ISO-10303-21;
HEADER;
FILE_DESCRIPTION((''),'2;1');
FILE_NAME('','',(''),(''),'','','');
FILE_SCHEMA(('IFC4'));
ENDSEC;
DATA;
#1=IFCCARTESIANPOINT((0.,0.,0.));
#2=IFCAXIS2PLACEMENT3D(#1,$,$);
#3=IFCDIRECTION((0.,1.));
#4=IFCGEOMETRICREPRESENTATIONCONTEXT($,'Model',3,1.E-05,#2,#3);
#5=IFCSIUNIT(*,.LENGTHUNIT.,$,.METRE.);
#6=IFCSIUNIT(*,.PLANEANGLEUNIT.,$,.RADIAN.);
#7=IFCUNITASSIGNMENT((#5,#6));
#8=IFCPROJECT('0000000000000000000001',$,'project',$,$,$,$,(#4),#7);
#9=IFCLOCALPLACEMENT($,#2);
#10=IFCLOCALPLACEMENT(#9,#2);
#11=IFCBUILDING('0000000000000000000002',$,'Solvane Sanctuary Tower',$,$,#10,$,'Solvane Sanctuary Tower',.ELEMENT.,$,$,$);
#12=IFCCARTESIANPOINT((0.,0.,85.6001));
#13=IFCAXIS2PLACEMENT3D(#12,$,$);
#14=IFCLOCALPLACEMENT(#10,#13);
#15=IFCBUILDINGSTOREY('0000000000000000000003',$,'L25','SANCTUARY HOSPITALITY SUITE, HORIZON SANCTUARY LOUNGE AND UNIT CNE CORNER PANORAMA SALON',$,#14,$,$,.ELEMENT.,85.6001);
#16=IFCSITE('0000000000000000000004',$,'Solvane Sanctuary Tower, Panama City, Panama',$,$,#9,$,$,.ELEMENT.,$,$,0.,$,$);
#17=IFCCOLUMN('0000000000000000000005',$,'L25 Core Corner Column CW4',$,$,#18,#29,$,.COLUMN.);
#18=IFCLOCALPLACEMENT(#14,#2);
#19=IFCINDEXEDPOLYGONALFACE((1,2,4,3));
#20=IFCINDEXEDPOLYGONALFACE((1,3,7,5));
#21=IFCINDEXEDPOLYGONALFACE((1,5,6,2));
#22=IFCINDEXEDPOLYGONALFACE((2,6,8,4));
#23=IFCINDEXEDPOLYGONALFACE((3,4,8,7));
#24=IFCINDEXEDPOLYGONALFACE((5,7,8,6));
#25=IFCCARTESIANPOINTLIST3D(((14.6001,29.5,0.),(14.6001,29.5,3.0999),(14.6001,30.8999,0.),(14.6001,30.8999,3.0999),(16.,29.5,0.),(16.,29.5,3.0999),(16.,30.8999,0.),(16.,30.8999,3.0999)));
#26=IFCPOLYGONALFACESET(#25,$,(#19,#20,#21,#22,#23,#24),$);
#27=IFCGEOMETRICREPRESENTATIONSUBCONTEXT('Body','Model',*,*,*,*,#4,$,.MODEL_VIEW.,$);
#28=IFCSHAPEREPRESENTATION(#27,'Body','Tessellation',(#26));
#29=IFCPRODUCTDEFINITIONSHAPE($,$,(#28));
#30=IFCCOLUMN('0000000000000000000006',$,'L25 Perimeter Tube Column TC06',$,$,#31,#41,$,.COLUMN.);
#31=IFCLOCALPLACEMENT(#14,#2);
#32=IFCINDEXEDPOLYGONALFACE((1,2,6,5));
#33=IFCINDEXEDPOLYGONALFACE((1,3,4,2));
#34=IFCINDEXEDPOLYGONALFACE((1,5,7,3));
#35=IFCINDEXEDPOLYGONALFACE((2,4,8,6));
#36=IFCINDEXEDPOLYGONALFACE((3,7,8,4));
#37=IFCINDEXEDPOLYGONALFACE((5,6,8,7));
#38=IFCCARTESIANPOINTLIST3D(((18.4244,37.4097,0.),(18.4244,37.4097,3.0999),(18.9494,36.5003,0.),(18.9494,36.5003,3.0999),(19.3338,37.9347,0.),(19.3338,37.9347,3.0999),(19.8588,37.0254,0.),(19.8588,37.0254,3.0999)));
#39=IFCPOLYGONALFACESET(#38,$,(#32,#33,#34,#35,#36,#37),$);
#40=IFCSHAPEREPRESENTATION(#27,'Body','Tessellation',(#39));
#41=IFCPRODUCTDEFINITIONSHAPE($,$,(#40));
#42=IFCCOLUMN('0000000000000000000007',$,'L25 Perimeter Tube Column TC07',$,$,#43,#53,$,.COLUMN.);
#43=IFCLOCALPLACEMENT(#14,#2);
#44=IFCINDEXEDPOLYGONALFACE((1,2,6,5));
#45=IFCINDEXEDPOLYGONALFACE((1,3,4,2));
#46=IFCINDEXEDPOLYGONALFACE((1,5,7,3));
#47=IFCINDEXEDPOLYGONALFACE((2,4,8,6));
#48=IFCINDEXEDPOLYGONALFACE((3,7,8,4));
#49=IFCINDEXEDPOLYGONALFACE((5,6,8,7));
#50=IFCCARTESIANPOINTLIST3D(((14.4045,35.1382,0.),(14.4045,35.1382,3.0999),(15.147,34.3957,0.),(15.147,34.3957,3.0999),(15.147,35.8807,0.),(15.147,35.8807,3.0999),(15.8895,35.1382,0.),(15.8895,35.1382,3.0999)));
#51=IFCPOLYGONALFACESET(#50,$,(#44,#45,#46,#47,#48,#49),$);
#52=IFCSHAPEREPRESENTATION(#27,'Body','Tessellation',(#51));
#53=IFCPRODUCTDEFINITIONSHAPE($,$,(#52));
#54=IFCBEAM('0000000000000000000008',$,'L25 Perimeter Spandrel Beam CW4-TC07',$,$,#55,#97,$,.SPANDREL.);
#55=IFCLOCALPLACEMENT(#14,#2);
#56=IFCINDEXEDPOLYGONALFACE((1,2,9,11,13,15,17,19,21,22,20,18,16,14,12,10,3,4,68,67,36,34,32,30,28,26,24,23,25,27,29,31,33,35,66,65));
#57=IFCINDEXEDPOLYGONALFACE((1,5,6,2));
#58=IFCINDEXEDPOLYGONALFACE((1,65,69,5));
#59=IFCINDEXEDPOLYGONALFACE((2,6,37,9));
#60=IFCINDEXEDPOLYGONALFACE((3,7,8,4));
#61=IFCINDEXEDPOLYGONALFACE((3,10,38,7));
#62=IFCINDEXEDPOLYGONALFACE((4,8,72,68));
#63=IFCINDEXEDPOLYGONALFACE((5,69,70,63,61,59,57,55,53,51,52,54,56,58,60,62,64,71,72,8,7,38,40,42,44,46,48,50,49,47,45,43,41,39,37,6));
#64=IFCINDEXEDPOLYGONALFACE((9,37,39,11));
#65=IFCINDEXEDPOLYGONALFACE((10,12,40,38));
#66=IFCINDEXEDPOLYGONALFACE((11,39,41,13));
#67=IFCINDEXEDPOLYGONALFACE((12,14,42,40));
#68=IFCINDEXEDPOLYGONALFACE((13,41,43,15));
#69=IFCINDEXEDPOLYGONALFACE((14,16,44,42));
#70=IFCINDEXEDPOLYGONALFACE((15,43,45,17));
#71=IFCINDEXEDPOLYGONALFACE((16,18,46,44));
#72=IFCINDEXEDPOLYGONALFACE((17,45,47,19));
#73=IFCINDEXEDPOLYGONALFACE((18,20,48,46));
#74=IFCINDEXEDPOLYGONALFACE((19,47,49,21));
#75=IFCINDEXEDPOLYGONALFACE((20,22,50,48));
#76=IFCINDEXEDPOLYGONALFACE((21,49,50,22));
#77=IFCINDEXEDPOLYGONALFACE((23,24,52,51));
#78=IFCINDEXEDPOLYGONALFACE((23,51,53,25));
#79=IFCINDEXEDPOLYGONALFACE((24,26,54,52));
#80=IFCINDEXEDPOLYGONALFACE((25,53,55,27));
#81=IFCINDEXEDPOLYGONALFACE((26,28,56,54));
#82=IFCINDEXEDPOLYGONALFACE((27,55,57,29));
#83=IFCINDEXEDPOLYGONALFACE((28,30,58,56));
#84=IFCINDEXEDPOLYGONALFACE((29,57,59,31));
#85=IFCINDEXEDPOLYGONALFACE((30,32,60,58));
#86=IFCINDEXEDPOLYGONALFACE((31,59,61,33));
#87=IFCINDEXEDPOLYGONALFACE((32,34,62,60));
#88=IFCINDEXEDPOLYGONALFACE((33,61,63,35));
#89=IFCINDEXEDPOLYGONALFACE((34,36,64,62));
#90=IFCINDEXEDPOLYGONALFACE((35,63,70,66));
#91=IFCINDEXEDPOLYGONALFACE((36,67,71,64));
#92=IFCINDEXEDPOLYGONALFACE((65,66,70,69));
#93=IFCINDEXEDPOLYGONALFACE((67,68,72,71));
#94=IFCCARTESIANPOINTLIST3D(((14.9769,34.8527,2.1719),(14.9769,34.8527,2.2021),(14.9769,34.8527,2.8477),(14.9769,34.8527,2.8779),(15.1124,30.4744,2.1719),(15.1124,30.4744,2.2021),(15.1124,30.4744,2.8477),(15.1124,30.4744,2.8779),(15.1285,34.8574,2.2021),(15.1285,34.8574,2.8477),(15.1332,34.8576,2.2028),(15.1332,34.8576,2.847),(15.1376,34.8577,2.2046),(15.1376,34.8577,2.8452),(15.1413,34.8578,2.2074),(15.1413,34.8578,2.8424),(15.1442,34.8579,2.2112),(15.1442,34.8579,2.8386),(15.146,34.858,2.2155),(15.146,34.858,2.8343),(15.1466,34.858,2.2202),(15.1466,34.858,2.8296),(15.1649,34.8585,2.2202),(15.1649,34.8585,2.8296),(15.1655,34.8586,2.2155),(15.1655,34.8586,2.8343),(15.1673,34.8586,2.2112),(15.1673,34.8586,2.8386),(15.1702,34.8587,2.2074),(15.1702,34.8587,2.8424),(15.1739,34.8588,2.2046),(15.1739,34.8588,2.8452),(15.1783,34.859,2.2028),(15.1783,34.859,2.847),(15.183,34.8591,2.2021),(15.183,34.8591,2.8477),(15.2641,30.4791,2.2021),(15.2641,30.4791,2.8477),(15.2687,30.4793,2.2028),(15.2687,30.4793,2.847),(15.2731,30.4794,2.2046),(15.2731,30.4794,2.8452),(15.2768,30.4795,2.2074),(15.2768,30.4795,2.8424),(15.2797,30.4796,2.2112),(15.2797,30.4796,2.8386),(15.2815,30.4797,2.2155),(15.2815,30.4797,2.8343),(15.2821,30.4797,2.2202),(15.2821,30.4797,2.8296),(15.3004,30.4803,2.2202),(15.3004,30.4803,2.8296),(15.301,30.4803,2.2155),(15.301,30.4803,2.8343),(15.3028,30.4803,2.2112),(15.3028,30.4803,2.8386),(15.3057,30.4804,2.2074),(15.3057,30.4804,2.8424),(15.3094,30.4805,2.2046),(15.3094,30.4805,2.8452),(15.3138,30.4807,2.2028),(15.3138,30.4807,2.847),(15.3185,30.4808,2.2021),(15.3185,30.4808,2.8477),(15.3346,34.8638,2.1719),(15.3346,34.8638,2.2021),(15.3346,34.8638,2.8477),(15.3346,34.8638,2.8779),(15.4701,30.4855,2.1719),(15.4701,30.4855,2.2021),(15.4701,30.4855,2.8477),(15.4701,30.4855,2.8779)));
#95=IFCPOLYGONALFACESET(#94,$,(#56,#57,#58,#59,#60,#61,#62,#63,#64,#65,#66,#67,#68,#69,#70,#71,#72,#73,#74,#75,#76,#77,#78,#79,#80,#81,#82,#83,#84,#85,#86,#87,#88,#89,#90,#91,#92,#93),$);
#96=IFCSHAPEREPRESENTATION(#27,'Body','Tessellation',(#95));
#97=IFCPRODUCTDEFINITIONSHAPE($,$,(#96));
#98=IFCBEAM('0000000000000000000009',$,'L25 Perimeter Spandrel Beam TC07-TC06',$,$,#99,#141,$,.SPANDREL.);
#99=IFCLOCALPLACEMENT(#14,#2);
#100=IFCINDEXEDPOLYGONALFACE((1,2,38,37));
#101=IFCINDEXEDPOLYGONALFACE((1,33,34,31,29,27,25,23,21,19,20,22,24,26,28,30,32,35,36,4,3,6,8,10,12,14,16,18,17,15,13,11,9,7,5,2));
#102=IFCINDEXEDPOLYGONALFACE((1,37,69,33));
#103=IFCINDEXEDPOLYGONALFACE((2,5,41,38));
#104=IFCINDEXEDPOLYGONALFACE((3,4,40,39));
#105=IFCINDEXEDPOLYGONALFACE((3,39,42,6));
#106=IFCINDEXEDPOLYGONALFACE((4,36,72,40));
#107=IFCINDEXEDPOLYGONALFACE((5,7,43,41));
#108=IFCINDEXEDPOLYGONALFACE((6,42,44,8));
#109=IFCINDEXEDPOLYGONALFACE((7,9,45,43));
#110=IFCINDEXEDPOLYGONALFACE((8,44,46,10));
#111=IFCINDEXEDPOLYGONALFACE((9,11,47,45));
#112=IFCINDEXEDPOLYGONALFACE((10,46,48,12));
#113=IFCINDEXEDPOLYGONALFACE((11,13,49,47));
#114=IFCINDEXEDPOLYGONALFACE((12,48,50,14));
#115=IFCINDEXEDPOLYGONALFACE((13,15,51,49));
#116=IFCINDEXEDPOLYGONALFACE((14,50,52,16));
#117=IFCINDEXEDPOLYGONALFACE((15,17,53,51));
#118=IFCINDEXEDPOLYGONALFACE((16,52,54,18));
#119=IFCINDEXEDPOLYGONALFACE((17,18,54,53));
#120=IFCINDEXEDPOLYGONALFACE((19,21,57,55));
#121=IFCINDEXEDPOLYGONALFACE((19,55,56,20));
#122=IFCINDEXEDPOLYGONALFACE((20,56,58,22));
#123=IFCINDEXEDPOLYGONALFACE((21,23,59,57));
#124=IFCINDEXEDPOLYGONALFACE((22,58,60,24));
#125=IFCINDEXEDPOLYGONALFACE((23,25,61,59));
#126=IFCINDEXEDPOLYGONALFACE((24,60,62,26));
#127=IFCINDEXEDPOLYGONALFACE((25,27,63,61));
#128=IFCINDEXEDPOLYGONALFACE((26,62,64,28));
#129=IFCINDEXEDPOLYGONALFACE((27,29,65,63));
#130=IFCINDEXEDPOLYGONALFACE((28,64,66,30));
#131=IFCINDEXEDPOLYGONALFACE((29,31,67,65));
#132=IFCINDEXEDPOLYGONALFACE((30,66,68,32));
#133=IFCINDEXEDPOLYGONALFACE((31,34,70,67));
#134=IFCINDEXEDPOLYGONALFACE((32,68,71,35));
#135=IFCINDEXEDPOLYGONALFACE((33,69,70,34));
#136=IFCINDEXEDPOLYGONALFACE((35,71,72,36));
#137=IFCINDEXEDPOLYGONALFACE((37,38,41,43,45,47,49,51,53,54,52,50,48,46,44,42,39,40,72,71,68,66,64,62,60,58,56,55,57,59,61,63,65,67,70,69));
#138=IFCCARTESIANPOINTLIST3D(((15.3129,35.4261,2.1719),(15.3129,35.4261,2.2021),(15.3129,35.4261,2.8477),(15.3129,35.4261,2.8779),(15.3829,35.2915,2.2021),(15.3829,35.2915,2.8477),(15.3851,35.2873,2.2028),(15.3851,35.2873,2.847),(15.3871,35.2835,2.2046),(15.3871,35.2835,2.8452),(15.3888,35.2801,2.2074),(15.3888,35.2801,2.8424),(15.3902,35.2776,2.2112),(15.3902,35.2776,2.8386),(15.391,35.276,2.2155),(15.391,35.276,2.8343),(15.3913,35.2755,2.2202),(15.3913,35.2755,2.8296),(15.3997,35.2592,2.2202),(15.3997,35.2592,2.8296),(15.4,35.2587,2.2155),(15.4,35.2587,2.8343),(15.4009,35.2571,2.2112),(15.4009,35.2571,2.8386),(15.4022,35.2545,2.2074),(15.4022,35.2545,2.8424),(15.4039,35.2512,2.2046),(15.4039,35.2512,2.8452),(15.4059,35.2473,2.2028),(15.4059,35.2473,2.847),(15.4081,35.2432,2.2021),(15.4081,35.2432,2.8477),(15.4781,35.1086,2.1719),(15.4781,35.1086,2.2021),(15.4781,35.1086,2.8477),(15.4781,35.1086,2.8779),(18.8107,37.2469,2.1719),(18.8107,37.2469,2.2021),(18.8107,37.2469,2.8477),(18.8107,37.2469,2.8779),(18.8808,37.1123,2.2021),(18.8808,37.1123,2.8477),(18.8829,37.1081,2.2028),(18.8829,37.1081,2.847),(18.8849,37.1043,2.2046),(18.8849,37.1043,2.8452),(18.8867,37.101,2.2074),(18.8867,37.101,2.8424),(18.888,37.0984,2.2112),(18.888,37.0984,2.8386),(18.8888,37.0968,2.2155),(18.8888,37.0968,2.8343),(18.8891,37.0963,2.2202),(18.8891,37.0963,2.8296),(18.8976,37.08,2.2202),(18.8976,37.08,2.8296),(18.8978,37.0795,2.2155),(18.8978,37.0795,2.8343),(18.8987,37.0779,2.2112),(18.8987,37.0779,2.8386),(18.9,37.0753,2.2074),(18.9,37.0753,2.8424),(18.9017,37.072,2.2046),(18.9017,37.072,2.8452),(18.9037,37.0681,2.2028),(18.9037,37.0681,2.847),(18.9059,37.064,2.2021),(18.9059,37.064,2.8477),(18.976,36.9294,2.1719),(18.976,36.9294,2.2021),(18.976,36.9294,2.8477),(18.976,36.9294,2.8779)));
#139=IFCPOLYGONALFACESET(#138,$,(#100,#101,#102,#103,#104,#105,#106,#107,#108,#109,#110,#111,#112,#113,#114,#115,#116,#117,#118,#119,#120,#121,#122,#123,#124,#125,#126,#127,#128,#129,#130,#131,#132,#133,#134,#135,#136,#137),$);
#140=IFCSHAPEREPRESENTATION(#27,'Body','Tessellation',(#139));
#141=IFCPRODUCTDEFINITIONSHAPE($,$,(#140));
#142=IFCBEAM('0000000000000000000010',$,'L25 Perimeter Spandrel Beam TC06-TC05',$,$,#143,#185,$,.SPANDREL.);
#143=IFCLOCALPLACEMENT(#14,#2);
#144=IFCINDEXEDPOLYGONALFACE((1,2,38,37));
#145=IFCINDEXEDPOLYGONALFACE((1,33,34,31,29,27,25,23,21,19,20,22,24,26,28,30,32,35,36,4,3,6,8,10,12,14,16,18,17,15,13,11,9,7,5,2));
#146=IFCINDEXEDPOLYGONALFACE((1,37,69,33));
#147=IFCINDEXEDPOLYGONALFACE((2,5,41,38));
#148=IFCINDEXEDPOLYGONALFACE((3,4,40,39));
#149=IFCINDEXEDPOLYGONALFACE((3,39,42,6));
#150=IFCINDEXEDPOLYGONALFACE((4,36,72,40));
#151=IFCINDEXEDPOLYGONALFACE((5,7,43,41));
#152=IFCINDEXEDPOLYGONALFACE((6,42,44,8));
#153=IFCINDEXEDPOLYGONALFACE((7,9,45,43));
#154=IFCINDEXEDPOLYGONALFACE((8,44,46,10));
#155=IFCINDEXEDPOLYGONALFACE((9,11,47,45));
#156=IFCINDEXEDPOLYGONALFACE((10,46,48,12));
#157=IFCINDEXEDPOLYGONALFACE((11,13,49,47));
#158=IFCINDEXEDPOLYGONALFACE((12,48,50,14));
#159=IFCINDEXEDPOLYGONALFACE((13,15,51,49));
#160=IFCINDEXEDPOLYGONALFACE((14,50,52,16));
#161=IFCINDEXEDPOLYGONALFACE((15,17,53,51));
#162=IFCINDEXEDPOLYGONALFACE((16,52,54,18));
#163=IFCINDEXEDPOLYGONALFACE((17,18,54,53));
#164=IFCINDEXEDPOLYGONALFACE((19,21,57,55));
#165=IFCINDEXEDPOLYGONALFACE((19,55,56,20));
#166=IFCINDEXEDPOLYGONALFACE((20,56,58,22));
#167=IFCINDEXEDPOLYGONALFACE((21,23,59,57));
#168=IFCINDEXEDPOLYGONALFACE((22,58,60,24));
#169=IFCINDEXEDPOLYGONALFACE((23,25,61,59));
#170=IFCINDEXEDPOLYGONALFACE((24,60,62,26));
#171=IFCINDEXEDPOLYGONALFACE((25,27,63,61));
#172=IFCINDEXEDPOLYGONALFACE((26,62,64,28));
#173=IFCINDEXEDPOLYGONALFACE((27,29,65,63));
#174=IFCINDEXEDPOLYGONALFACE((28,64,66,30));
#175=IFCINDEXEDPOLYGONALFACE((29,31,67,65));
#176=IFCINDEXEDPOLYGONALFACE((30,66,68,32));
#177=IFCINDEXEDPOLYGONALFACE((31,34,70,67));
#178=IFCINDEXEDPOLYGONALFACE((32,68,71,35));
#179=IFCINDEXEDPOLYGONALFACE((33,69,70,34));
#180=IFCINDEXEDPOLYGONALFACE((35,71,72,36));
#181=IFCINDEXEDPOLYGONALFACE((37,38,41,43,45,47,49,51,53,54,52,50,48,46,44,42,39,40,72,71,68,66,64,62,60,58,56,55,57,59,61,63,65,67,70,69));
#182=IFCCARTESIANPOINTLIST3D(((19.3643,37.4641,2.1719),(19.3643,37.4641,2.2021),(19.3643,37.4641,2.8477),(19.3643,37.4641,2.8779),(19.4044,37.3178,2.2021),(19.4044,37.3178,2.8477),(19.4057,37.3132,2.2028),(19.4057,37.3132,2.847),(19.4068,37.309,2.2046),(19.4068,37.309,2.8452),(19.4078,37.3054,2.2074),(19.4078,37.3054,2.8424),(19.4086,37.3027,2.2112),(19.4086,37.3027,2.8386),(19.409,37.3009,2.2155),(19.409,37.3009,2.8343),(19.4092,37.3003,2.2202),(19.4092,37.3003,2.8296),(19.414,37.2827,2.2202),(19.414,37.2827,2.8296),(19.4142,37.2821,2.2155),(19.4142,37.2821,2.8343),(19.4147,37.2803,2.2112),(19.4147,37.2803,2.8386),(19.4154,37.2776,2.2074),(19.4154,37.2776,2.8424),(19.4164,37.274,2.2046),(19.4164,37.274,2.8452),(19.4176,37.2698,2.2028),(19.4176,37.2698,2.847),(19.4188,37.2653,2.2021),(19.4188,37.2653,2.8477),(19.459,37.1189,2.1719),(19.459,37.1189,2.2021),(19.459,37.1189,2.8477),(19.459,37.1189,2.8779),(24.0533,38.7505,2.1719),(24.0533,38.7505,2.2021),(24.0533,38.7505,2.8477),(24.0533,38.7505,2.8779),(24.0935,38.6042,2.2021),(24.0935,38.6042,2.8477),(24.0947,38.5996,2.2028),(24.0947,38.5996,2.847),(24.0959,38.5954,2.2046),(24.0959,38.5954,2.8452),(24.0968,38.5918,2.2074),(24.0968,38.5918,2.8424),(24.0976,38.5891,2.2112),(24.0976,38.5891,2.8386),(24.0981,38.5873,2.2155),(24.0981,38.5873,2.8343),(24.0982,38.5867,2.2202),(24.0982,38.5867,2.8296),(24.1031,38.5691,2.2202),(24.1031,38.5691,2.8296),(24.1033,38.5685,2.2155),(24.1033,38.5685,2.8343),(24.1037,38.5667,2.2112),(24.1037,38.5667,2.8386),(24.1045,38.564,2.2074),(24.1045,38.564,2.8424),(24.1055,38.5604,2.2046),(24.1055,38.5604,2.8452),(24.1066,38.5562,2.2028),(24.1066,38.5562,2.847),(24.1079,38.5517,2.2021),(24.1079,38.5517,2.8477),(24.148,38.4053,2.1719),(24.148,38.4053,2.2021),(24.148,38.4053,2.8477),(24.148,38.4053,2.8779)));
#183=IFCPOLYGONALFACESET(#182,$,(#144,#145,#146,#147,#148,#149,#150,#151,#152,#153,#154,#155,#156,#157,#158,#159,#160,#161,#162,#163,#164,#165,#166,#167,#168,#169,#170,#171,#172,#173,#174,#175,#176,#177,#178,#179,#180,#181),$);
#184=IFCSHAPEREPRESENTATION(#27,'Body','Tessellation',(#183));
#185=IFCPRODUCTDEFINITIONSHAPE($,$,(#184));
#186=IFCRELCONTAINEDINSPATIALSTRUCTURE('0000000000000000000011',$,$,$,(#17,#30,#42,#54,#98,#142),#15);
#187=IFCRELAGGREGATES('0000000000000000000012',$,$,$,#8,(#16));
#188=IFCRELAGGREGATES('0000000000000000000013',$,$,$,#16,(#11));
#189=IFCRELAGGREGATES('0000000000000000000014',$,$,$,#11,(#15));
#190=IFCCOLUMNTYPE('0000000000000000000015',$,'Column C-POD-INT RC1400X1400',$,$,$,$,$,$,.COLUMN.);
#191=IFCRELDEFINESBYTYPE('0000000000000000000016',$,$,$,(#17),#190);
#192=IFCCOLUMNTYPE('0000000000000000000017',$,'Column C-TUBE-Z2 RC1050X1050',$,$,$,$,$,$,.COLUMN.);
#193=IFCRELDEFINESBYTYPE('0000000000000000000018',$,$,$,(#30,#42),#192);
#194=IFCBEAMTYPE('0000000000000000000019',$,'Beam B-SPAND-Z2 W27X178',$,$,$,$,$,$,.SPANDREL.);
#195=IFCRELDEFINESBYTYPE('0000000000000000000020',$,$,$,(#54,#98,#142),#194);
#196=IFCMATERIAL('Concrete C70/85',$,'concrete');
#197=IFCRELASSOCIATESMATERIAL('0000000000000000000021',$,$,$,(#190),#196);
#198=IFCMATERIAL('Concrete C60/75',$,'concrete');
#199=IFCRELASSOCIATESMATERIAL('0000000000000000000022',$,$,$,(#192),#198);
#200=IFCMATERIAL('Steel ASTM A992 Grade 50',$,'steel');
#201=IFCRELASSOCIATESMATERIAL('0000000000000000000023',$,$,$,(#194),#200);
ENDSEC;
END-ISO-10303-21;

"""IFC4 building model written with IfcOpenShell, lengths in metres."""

from ifc_helpers import new_model, si_unit, direction, frame, origin, origin_2d, place, context, subcontext, project, spatial, rectangle, i_section, extrude, material, material_profile, profile_set, type_object, element, save


model = new_model("IFC4")

# Units and contexts
model_context = context("Model", 3, precision=1e-05, world=origin(), true_north=direction((0.0, 1.0)))
body_context = subcontext(model_context, "Body", "Model", "MODEL_VIEW")
ifc_project = project(units=[si_unit("LENGTHUNIT", "METRE"), si_unit("PLANEANGLEUNIT", "RADIAN")], contexts=[model_context])

# Site, building, storey
site_placement = place(None, origin())
site = spatial("IfcSite", under=ifc_project, at=site_placement, Name="Solvane Sanctuary Tower, Panama City, Panama", CompositionType="ELEMENT", RefElevation=0.0)
building_placement = place(site_placement, origin())
building = spatial("IfcBuilding", under=site, at=building_placement, Name="Solvane Sanctuary Tower", LongName="Solvane Sanctuary Tower", CompositionType="ELEMENT")
storey_placement = place(building_placement, frame((0.0, 0.0, 85.6001)))
storey = spatial("IfcBuildingStorey", under=building, at=storey_placement, Name="L25", Description="SANCTUARY HOSPITALITY SUITE, HORIZON SANCTUARY LOUNGE AND UNIT CNE CORNER PANORAMA SALON", CompositionType="ELEMENT", Elevation=85.6001)

# Columns
ifc_material_1 = material(Name="Concrete C70/85", Category="concrete")
ifc_material_profile_1 = material_profile(ifc_material_1, rectangle(XDim=1.3999, YDim=1.3999, at=origin_2d()), Name="RC1400X1400")
ifc_profile_set_1 = profile_set([ifc_material_profile_1], Name="Concrete C70/85")
column_type_1 = type_object("IfcColumnType", Name="Column C-POD-INT RC1400X1400", PredefinedType="COLUMN", material=ifc_profile_set_1)
column_placement = place(storey_placement, frame((15.3, 30.2, 0.0), z_axis=(0.0, 0.0, 1.0), x_axis=(1.0, 0.0, 0.0)))
element("IfcColumn", 1, at=column_placement, inside=storey, type_object=column_type_1, Name="L25 Core Corner Column CW4", PredefinedType="COLUMN", context=body_context, shape_type="SweptSolid", body=[
    extrude(rectangle(XDim=1.3999, YDim=1.3999, at=origin_2d()), origin(), (0.0, 0.0, 1.0), 3.0999),
])
ifc_material_2 = material(Name="Concrete C60/75", Category="concrete")
ifc_material_profile_2 = material_profile(ifc_material_2, rectangle(XDim=1.05, YDim=1.05, at=origin_2d()), Name="RC1050X1050")
ifc_profile_set_2 = profile_set([ifc_material_profile_2], Name="Concrete C60/75")
column_type_2 = type_object("IfcColumnType", Name="Column C-TUBE-Z2 RC1050X1050", PredefinedType="COLUMN", material=ifc_profile_set_2)
for number, where, z_axis, x_axis, name in (
    (2, (19.1416, 37.2175, 0.0), (0.0, 0.0, 1.0), (-0.5, 0.866025, 0.0), "L25 Perimeter Tube Column TC06"),
    (3, (15.147, 35.1382, 0.0), (0.0, 0.0, 1.0), (-0.707107, 0.707107, 0.0), "L25 Perimeter Tube Column TC07"),
):
    element("IfcColumn", number, at=place(storey_placement, frame(where, z_axis=z_axis, x_axis=x_axis)), inside=storey, type_object=column_type_2, Name=name, PredefinedType="COLUMN", context=body_context, shape_type="SweptSolid", body=[
        extrude(rectangle(XDim=1.05, YDim=1.05, at=origin_2d()), origin(), (0.0, 0.0, 1.0), 3.0999),
    ])

# Beams
ifc_material_3 = material(Name="Steel ASTM A992 Grade 50", Category="steel")
ifc_material_profile_3 = material_profile(ifc_material_3, i_section(OverallWidth=0.3579, OverallDepth=0.7061, WebThickness=0.0183, FlangeThickness=0.0303, FilletRadius=0.0181, at=origin_2d()), Name="W27X178")
ifc_profile_set_3 = profile_set([ifc_material_profile_3], Name="Steel ASTM A992 Grade 50")
beam_type = type_object("IfcBeamType", Name="Beam B-SPAND-Z2 W27X178", PredefinedType="SPANDREL", material=ifc_profile_set_3)
beam_1_placement = place(storey_placement, frame((15.2913, 30.48, 2.5249), z_axis=(-0.030934, 0.999521, 0.0), x_axis=(-0.999521, -0.030934, 0.0)))
element("IfcBeam", 4, at=beam_1_placement, inside=storey, type_object=beam_type, Name="L25 Perimeter Spandrel Beam CW4-TC07", PredefinedType="SPANDREL", context=body_context, shape_type="SweptSolid", body=[
    extrude(i_section(OverallWidth=0.3579, OverallDepth=0.7061, WebThickness=0.0183, FlangeThickness=0.0303, FilletRadius=0.0181, at=origin_2d()), origin(), (0.0, 0.0, 1.0), 4.3804),
])
beam_2_placement = place(storey_placement, frame((15.3955, 35.2673, 2.5249), z_axis=(0.887015, 0.461741, 0.0), x_axis=(-0.461741, 0.887015, 0.0)))
element("IfcBeam", 5, at=beam_2_placement, inside=storey, type_object=beam_type, Name="L25 Perimeter Spandrel Beam TC07-TC06", PredefinedType="SPANDREL", context=body_context, shape_type="SweptSolid", body=[
    extrude(i_section(OverallWidth=0.3579, OverallDepth=0.7061, WebThickness=0.0183, FlangeThickness=0.0303, FilletRadius=0.0181, at=origin_2d()), origin(), (0.0, 0.0, 1.0), 3.9434),
])
beam_3_placement = place(storey_placement, frame((19.4116, 37.2915, 2.5249), z_axis=(0.964368, 0.264566, 0.0), x_axis=(-0.264566, 0.964368, 0.0)))
element("IfcBeam", 6, at=beam_3_placement, inside=storey, type_object=beam_type, Name="L25 Perimeter Spandrel Beam TC06-TC05", PredefinedType="SPANDREL", context=body_context, shape_type="SweptSolid", body=[
    extrude(i_section(OverallWidth=0.3579, OverallDepth=0.7061, WebThickness=0.0183, FlangeThickness=0.0303, FilletRadius=0.0181, at=origin_2d()), origin(), (0.0, 0.0, 1.0), 4.8623),
])

save(model, "model.ifc")
